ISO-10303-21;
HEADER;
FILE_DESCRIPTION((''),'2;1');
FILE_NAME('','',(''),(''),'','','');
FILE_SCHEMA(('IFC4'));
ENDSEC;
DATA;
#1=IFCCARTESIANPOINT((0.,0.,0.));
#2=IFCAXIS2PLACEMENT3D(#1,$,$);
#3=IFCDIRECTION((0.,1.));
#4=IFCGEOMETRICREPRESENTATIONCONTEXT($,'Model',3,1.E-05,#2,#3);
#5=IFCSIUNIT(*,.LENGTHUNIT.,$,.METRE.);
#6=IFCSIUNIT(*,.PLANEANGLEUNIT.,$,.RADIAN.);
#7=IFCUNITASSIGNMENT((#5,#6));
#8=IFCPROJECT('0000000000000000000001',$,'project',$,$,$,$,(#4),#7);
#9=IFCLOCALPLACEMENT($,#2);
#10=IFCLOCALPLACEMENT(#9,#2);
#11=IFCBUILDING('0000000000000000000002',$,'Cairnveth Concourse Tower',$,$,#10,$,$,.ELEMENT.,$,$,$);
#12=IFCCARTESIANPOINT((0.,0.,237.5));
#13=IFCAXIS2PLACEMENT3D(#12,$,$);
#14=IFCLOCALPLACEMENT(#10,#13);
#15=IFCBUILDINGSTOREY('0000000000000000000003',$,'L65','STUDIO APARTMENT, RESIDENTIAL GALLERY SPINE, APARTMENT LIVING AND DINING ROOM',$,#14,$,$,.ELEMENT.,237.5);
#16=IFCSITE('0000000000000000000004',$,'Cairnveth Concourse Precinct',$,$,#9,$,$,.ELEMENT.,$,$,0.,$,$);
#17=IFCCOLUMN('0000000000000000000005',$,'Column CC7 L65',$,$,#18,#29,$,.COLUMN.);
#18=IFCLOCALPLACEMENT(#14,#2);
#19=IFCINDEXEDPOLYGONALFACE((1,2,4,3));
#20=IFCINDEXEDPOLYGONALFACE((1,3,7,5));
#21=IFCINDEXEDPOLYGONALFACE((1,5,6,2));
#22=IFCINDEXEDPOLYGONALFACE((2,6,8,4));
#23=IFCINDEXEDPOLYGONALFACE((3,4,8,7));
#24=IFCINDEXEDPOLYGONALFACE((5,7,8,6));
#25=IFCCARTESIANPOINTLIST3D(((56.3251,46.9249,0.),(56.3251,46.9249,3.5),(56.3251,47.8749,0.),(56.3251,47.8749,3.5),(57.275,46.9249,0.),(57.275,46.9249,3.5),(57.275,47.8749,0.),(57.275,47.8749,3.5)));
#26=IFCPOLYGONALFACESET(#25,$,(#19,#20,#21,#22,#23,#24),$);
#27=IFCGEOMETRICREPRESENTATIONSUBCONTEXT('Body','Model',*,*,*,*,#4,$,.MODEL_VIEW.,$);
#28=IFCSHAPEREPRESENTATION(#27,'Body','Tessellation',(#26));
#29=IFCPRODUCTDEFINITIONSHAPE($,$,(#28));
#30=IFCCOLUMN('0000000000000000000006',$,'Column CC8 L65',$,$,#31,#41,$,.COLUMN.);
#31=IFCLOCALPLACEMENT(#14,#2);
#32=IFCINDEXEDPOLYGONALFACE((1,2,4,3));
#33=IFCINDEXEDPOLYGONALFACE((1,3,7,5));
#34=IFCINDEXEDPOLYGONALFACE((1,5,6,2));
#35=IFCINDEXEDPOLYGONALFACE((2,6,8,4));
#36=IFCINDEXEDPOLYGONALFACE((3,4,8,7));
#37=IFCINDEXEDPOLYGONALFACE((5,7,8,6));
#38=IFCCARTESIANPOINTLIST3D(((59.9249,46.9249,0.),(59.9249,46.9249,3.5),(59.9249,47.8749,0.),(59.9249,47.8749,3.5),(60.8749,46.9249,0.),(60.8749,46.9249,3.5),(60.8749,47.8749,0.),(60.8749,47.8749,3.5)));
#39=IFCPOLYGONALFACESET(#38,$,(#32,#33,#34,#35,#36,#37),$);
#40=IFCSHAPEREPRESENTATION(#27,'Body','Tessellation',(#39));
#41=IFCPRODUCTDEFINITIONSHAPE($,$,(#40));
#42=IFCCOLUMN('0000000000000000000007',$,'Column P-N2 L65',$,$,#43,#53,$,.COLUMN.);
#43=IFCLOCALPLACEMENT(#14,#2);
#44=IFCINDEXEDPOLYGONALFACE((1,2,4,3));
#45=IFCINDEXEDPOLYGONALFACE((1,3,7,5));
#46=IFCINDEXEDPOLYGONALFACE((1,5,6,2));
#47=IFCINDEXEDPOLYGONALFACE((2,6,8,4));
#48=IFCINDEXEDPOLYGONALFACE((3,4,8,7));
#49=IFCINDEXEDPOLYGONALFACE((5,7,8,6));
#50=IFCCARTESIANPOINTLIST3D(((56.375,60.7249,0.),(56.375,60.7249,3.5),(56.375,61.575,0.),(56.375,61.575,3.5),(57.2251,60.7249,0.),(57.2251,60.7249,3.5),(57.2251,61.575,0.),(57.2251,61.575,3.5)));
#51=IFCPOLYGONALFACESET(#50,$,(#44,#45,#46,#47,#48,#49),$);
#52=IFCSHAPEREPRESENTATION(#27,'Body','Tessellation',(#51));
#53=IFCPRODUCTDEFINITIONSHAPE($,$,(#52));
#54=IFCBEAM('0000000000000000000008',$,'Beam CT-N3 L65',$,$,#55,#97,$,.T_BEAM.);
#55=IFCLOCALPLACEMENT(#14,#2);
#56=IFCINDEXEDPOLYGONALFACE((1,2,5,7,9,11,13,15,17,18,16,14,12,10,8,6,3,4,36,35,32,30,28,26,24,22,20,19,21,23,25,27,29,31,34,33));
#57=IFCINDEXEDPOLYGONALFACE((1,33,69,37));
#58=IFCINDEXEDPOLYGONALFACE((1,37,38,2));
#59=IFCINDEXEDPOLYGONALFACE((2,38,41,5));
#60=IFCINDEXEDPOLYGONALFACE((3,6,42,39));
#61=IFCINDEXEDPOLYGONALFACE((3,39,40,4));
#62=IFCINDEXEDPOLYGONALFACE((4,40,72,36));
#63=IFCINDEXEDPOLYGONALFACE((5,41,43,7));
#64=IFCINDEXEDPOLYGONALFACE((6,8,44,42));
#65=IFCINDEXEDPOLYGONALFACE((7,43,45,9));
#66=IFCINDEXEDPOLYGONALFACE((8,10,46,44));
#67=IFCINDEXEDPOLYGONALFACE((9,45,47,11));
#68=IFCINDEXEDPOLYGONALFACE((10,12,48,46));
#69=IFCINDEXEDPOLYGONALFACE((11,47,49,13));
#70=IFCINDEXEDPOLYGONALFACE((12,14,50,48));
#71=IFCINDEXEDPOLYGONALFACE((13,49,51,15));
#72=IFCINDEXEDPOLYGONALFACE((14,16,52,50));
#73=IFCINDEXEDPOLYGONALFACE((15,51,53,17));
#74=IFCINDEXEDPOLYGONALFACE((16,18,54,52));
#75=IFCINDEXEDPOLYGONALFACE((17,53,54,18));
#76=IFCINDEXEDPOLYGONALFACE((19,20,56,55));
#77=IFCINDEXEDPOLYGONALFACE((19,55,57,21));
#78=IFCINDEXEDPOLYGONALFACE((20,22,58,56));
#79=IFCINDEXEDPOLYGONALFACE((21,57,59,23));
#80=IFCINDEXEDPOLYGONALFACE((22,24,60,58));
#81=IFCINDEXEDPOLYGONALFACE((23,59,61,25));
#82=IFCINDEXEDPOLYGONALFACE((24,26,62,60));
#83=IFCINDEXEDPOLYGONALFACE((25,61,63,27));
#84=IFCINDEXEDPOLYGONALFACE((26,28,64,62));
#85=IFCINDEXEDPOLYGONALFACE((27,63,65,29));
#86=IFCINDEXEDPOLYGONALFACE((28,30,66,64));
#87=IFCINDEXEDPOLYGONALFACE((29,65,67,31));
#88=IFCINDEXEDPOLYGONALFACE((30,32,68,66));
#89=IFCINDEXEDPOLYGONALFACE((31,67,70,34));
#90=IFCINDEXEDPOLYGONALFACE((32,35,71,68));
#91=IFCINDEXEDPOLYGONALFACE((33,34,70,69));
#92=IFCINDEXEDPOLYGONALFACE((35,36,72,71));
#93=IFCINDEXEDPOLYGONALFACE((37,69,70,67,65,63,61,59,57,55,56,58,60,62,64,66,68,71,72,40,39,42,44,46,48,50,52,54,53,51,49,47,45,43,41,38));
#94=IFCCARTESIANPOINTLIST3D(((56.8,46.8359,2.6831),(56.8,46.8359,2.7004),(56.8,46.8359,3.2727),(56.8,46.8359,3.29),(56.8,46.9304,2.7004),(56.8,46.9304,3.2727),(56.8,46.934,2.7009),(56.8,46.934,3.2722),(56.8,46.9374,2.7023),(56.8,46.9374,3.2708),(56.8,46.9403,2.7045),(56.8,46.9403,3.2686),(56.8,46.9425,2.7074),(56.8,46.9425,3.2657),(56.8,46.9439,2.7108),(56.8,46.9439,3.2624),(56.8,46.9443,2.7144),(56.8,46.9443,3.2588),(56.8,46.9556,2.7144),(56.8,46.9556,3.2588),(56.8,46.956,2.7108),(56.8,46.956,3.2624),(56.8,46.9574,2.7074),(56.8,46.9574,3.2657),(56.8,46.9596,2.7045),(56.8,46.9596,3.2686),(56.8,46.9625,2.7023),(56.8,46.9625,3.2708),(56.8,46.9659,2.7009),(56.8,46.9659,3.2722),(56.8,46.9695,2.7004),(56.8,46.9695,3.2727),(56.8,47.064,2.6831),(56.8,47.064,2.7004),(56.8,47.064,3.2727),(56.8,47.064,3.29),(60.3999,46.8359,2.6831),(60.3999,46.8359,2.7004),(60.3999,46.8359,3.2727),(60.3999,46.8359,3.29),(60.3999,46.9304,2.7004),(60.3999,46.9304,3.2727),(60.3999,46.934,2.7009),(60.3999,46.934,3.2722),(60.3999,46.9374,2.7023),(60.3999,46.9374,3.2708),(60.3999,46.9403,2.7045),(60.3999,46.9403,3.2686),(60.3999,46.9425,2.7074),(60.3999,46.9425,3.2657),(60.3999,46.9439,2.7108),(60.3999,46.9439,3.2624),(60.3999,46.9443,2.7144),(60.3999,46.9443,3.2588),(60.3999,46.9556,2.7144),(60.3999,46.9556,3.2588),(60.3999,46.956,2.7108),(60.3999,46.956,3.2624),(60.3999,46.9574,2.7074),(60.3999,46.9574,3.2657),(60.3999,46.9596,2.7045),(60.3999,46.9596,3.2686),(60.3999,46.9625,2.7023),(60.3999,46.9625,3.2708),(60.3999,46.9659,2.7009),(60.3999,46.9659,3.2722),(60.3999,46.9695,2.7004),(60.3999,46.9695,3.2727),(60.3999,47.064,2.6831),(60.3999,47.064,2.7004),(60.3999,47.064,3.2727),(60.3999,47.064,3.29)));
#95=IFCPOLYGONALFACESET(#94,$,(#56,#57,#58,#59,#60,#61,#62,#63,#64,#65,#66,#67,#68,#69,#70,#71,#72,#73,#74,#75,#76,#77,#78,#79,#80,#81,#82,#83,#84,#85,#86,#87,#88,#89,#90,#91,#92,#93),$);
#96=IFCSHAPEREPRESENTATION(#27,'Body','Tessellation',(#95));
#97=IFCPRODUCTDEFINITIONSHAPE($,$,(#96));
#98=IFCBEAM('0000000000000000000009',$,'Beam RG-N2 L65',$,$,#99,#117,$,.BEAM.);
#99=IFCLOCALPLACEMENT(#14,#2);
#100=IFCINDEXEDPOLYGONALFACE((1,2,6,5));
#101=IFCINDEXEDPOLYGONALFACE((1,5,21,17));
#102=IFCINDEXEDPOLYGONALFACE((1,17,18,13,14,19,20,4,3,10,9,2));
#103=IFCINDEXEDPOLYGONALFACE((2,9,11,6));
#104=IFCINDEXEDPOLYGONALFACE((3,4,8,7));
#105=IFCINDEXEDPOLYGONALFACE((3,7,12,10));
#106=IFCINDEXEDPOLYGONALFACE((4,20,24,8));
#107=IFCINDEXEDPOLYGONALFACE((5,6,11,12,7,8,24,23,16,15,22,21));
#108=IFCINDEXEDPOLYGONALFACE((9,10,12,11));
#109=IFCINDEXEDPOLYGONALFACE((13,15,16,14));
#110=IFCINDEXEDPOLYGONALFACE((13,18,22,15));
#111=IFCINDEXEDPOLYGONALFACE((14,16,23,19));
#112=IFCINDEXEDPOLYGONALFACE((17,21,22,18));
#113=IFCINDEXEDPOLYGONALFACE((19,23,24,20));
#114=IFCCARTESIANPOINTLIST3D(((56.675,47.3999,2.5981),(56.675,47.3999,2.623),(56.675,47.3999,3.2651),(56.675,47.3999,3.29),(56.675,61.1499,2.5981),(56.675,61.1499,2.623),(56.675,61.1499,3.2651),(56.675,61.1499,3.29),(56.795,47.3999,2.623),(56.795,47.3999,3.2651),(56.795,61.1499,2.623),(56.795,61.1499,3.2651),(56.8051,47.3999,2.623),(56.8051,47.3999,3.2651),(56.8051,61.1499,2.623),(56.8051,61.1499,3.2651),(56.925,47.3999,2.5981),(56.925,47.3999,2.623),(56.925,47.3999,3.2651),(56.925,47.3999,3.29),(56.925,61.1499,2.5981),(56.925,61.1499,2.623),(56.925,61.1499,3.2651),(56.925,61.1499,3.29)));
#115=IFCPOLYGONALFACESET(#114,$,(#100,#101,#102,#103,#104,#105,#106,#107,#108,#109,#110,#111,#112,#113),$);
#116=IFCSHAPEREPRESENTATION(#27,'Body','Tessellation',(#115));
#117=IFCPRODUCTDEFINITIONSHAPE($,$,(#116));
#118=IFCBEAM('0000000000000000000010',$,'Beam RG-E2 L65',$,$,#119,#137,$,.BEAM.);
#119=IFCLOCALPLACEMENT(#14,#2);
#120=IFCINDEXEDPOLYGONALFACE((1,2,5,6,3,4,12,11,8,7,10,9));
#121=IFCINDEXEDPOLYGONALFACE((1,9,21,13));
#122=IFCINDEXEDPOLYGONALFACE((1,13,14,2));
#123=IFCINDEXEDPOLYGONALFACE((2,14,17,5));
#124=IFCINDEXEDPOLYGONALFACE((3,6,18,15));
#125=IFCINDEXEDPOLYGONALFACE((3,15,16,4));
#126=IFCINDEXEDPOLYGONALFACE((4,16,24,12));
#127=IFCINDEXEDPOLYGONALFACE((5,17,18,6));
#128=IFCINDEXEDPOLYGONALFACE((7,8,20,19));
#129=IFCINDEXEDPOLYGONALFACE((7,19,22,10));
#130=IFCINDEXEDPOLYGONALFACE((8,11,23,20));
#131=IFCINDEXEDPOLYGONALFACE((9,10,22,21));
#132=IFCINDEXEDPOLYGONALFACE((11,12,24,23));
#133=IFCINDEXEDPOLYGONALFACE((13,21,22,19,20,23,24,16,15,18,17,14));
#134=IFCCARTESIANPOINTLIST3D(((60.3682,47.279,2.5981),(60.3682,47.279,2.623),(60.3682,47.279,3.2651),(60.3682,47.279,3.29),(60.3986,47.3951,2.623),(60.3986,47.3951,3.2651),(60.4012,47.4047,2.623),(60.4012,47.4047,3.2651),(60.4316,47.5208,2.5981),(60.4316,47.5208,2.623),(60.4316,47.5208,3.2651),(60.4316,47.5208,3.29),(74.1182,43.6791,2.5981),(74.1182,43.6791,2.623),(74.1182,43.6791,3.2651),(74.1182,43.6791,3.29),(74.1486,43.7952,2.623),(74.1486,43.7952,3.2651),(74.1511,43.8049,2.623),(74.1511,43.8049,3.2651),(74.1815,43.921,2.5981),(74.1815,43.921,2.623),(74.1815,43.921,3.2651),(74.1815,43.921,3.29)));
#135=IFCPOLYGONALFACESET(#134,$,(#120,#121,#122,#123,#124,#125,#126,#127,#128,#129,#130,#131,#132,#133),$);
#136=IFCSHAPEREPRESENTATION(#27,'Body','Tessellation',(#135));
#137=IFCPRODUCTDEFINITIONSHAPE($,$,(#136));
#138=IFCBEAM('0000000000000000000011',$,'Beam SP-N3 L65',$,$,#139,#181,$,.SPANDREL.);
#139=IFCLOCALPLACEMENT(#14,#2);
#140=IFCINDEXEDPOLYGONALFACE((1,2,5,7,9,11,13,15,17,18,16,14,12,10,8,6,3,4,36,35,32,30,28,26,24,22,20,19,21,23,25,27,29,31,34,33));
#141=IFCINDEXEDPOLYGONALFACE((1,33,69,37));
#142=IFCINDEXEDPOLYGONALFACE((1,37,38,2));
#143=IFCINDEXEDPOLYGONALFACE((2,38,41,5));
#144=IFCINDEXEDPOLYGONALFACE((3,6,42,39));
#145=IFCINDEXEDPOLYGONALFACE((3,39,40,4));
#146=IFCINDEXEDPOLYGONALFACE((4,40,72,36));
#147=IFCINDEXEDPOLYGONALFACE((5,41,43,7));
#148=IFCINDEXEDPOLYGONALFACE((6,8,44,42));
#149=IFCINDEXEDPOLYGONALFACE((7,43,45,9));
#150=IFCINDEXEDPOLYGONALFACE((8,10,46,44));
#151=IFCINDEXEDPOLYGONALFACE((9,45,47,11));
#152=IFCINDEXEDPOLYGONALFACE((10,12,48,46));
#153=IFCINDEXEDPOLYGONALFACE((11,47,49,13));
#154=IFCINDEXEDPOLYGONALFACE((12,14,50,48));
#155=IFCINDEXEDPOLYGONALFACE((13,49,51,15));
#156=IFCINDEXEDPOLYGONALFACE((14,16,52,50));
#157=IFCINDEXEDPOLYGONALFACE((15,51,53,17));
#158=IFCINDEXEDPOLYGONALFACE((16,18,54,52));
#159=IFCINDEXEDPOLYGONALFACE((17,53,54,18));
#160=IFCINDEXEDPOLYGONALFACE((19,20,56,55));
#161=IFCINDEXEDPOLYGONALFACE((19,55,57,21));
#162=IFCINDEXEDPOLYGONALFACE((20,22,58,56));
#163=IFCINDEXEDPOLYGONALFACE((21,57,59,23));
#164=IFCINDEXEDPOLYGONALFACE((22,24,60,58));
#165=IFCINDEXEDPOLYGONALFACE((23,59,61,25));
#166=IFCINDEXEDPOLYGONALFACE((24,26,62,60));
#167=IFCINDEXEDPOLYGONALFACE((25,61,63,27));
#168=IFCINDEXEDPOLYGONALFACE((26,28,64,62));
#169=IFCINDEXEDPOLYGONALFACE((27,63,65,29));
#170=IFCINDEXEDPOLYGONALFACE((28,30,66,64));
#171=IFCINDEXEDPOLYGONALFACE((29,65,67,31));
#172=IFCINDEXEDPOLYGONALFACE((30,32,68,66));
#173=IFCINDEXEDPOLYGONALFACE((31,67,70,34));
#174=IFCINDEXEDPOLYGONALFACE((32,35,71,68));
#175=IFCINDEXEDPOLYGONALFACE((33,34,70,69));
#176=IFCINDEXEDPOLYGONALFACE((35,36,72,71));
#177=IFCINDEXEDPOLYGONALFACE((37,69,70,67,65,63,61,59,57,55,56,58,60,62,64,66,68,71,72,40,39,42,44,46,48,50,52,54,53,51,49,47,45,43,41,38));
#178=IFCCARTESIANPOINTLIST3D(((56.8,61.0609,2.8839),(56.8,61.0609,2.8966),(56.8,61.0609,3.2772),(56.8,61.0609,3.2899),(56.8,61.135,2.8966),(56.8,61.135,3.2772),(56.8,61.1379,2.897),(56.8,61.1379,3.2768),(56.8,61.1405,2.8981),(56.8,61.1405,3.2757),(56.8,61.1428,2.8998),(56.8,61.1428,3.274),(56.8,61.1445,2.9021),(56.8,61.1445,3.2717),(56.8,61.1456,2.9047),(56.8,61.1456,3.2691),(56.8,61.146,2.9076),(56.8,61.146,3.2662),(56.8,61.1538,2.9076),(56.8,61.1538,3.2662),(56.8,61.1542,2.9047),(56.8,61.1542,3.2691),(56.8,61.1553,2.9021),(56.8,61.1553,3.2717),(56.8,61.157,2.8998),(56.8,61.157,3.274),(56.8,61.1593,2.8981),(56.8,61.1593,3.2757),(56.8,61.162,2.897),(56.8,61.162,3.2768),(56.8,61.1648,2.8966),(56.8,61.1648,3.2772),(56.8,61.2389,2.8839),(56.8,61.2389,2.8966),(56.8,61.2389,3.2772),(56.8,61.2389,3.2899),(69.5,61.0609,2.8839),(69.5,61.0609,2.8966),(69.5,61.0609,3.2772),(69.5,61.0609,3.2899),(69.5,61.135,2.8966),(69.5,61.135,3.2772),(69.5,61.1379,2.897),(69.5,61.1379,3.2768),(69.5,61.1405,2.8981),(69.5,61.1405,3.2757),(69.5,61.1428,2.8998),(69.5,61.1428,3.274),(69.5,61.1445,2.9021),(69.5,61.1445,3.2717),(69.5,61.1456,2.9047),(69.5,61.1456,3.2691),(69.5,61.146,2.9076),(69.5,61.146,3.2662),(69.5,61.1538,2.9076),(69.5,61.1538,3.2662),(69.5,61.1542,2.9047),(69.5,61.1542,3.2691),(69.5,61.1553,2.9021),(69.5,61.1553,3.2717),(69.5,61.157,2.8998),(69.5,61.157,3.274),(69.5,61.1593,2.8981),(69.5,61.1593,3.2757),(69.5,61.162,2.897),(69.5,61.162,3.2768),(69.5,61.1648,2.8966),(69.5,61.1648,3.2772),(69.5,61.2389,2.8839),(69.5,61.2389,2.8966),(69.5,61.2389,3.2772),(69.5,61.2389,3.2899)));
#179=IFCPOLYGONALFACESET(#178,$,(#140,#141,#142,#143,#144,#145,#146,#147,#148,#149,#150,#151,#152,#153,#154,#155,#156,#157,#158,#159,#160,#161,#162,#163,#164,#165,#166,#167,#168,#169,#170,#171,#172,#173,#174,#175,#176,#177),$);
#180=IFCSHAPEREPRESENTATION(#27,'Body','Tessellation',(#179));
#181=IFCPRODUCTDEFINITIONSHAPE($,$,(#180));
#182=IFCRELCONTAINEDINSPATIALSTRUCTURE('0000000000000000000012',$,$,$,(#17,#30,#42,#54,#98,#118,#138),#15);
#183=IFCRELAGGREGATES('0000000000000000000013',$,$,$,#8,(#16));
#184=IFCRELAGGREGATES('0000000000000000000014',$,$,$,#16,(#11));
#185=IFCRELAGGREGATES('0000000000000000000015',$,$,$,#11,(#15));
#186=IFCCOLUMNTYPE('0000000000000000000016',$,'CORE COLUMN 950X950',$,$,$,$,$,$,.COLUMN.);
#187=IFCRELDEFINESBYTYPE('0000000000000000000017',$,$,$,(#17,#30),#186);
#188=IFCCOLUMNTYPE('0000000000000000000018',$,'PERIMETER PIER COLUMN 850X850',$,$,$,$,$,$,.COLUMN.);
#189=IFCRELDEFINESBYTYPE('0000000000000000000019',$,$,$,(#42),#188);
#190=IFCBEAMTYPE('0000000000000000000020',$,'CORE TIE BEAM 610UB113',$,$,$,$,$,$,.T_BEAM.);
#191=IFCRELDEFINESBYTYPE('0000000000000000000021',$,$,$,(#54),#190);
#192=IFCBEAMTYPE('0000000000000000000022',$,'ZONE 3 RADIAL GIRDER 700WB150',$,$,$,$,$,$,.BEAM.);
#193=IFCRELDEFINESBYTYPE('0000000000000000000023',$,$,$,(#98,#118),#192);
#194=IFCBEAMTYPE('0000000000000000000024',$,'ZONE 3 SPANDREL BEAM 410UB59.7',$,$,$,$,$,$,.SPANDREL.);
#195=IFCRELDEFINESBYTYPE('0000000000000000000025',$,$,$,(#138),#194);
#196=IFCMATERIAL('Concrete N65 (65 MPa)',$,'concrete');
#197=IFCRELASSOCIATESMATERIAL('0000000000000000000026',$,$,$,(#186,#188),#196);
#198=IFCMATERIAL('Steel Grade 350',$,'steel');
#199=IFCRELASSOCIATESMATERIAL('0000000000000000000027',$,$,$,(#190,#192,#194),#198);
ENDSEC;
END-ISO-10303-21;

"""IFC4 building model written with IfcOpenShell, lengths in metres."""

from ifc_helpers import new_model, si_unit, direction, frame, origin, origin_2d, place, context, subcontext, project, spatial, rectangle, i_section, extrude, material, material_profile, profile_set, type_object, element, save


model = new_model("IFC4")

# Units and contexts
model_context = context("Model", 3, precision=1e-05, world=origin(), true_north=direction((0.0, 1.0)))
body_context = subcontext(model_context, "Body", "Model", "MODEL_VIEW")
ifc_project = project(units=[si_unit("LENGTHUNIT", "METRE"), si_unit("PLANEANGLEUNIT", "RADIAN")], contexts=[model_context])

# Site, building, storey
site_placement = place(None, origin())
site = spatial("IfcSite", under=ifc_project, at=site_placement, Name="Cairnveth Concourse Precinct", CompositionType="ELEMENT", RefElevation=0.0)
building_placement = place(site_placement, origin())
building = spatial("IfcBuilding", under=site, at=building_placement, Name="Cairnveth Concourse Tower", CompositionType="ELEMENT")
storey_placement = place(building_placement, frame((0.0, 0.0, 237.5)))
storey = spatial("IfcBuildingStorey", under=building, at=storey_placement, Name="L65", Description="STUDIO APARTMENT, RESIDENTIAL GALLERY SPINE, APARTMENT LIVING AND DINING ROOM", CompositionType="ELEMENT", Elevation=237.5)

# Columns
ifc_material_1 = material(Name="Concrete N65 (65 MPa)", Category="concrete")
ifc_material_profile_1 = material_profile(ifc_material_1, rectangle(XDim=0.95, YDim=0.95, at=origin_2d()), Name="RC-COL-950x950")
ifc_profile_set_1 = profile_set([ifc_material_profile_1], Name="Concrete N65 (65 MPa)")
column_type_1 = type_object("IfcColumnType", Name="CORE COLUMN 950X950", PredefinedType="COLUMN", material=ifc_profile_set_1)
for number, where, z_axis, x_axis, name in (
    (1, (56.8, 47.3999, 0.0), (0.0, 0.0, 1.0), (1.0, 0.0, 0.0), "Column CC7 L65"),
    (2, (60.3999, 47.3999, 0.0), (0.0, 0.0, 1.0), (1.0, 0.0, 0.0), "Column CC8 L65"),
):
    element("IfcColumn", number, at=place(storey_placement, frame(where, z_axis=z_axis, x_axis=x_axis)), inside=storey, type_object=column_type_1, Name=name, PredefinedType="COLUMN", context=body_context, shape_type="SweptSolid", body=[
        extrude(rectangle(XDim=0.95, YDim=0.95, at=origin_2d()), origin(), (0.0, 0.0, 1.0), 3.5),
    ])
ifc_material_profile_2 = material_profile(ifc_material_1, rectangle(XDim=0.8501, YDim=0.8501, at=origin_2d()), Name="RC-COL-850x850")
ifc_profile_set_2 = profile_set([ifc_material_profile_2], Name="Concrete N65 (65 MPa)")
column_type_2 = type_object("IfcColumnType", Name="PERIMETER PIER COLUMN 850X850", PredefinedType="COLUMN", material=ifc_profile_set_2)
column_placement = place(storey_placement, frame((56.8, 61.1499, 0.0), z_axis=(0.0, 0.0, 1.0), x_axis=(1.0, 0.0, 0.0)))
element("IfcColumn", 3, at=column_placement, inside=storey, type_object=column_type_2, Name="Column P-N2 L65", PredefinedType="COLUMN", context=body_context, shape_type="SweptSolid", body=[
    extrude(rectangle(XDim=0.8501, YDim=0.8501, at=origin_2d()), origin(), (0.0, 0.0, 1.0), 3.5),
])

# Beams
ifc_material_2 = material(Name="Steel Grade 350", Category="steel")
ifc_material_profile_3 = material_profile(ifc_material_2, i_section(OverallWidth=0.228, OverallDepth=0.6069, WebThickness=0.0112, FlangeThickness=0.0173, FilletRadius=0.0139, at=origin_2d()), Name="610UB113")
ifc_profile_set_3 = profile_set([ifc_material_profile_3], Name="Steel Grade 350")
beam_type_1 = type_object("IfcBeamType", Name="CORE TIE BEAM 610UB113", PredefinedType="T_BEAM", material=ifc_profile_set_3)
beam_1_placement = place(storey_placement, frame((56.8, 46.95, 2.9866), z_axis=(1.0, 0.0, 0.0), x_axis=(0.0, 1.0, 0.0)))
element("IfcBeam", 4, at=beam_1_placement, inside=storey, type_object=beam_type_1, Name="Beam CT-N3 L65", PredefinedType="T_BEAM", context=body_context, shape_type="SweptSolid", body=[
    extrude(i_section(OverallWidth=0.228, OverallDepth=0.6069, WebThickness=0.0112, FlangeThickness=0.0173, FilletRadius=0.0139, at=origin_2d()), origin(), (0.0, 0.0, 1.0), 3.5999),
])
ifc_material_profile_4 = material_profile(ifc_material_2, i_section(OverallWidth=0.25, OverallDepth=0.6919, WebThickness=0.01, FlangeThickness=0.0249, at=origin_2d()), Name="700WB150")
ifc_profile_set_4 = profile_set([ifc_material_profile_4], Name="Steel Grade 350")
beam_type_2 = type_object("IfcBeamType", Name="ZONE 3 RADIAL GIRDER 700WB150", PredefinedType="BEAM", material=ifc_profile_set_4)
beam_2_placement = place(storey_placement, frame((56.8, 47.3999, 2.9441), z_axis=(0.0, 1.0, 0.0), x_axis=(-1.0, 0.0, 0.0)))
element("IfcBeam", 5, at=beam_2_placement, inside=storey, type_object=beam_type_2, Name="Beam RG-N2 L65", PredefinedType="BEAM", context=body_context, shape_type="SweptSolid", body=[
    extrude(i_section(OverallWidth=0.25, OverallDepth=0.6919, WebThickness=0.01, FlangeThickness=0.0249, at=origin_2d()), origin(), (0.0, 0.0, 1.0), 13.75),
])
beam_3_placement = place(storey_placement, frame((60.3999, 47.3999, 2.9441), z_axis=(0.967395, -0.253271, 0.0), x_axis=(0.253271, 0.967395, 0.0)))
element("IfcBeam", 6, at=beam_3_placement, inside=storey, type_object=beam_type_2, Name="Beam RG-E2 L65", PredefinedType="BEAM", context=body_context, shape_type="SweptSolid", body=[
    extrude(i_section(OverallWidth=0.25, OverallDepth=0.6919, WebThickness=0.01, FlangeThickness=0.0249, at=origin_2d()), origin(), (0.0, 0.0, 1.0), 14.2134),
])
ifc_material_profile_5 = material_profile(ifc_material_2, i_section(OverallWidth=0.178, OverallDepth=0.406, WebThickness=0.0078, FlangeThickness=0.0127, FilletRadius=0.011, at=origin_2d()), Name="410UB59.7")
ifc_profile_set_5 = profile_set([ifc_material_profile_5], Name="Steel Grade 350")
beam_type_3 = type_object("IfcBeamType", Name="ZONE 3 SPANDREL BEAM 410UB59.7", PredefinedType="SPANDREL", material=ifc_profile_set_5)
beam_4_placement = place(storey_placement, frame((56.8, 61.1499, 3.0869), z_axis=(1.0, 0.0, 0.0), x_axis=(0.0, 1.0, 0.0)))
element("IfcBeam", 7, at=beam_4_placement, inside=storey, type_object=beam_type_3, Name="Beam SP-N3 L65", PredefinedType="SPANDREL", context=body_context, shape_type="SweptSolid", body=[
    extrude(i_section(OverallWidth=0.178, OverallDepth=0.406, WebThickness=0.0078, FlangeThickness=0.0127, FilletRadius=0.011, at=origin_2d()), origin(), (0.0, 0.0, 1.0), 12.7),
])

save(model, "model.ifc")
